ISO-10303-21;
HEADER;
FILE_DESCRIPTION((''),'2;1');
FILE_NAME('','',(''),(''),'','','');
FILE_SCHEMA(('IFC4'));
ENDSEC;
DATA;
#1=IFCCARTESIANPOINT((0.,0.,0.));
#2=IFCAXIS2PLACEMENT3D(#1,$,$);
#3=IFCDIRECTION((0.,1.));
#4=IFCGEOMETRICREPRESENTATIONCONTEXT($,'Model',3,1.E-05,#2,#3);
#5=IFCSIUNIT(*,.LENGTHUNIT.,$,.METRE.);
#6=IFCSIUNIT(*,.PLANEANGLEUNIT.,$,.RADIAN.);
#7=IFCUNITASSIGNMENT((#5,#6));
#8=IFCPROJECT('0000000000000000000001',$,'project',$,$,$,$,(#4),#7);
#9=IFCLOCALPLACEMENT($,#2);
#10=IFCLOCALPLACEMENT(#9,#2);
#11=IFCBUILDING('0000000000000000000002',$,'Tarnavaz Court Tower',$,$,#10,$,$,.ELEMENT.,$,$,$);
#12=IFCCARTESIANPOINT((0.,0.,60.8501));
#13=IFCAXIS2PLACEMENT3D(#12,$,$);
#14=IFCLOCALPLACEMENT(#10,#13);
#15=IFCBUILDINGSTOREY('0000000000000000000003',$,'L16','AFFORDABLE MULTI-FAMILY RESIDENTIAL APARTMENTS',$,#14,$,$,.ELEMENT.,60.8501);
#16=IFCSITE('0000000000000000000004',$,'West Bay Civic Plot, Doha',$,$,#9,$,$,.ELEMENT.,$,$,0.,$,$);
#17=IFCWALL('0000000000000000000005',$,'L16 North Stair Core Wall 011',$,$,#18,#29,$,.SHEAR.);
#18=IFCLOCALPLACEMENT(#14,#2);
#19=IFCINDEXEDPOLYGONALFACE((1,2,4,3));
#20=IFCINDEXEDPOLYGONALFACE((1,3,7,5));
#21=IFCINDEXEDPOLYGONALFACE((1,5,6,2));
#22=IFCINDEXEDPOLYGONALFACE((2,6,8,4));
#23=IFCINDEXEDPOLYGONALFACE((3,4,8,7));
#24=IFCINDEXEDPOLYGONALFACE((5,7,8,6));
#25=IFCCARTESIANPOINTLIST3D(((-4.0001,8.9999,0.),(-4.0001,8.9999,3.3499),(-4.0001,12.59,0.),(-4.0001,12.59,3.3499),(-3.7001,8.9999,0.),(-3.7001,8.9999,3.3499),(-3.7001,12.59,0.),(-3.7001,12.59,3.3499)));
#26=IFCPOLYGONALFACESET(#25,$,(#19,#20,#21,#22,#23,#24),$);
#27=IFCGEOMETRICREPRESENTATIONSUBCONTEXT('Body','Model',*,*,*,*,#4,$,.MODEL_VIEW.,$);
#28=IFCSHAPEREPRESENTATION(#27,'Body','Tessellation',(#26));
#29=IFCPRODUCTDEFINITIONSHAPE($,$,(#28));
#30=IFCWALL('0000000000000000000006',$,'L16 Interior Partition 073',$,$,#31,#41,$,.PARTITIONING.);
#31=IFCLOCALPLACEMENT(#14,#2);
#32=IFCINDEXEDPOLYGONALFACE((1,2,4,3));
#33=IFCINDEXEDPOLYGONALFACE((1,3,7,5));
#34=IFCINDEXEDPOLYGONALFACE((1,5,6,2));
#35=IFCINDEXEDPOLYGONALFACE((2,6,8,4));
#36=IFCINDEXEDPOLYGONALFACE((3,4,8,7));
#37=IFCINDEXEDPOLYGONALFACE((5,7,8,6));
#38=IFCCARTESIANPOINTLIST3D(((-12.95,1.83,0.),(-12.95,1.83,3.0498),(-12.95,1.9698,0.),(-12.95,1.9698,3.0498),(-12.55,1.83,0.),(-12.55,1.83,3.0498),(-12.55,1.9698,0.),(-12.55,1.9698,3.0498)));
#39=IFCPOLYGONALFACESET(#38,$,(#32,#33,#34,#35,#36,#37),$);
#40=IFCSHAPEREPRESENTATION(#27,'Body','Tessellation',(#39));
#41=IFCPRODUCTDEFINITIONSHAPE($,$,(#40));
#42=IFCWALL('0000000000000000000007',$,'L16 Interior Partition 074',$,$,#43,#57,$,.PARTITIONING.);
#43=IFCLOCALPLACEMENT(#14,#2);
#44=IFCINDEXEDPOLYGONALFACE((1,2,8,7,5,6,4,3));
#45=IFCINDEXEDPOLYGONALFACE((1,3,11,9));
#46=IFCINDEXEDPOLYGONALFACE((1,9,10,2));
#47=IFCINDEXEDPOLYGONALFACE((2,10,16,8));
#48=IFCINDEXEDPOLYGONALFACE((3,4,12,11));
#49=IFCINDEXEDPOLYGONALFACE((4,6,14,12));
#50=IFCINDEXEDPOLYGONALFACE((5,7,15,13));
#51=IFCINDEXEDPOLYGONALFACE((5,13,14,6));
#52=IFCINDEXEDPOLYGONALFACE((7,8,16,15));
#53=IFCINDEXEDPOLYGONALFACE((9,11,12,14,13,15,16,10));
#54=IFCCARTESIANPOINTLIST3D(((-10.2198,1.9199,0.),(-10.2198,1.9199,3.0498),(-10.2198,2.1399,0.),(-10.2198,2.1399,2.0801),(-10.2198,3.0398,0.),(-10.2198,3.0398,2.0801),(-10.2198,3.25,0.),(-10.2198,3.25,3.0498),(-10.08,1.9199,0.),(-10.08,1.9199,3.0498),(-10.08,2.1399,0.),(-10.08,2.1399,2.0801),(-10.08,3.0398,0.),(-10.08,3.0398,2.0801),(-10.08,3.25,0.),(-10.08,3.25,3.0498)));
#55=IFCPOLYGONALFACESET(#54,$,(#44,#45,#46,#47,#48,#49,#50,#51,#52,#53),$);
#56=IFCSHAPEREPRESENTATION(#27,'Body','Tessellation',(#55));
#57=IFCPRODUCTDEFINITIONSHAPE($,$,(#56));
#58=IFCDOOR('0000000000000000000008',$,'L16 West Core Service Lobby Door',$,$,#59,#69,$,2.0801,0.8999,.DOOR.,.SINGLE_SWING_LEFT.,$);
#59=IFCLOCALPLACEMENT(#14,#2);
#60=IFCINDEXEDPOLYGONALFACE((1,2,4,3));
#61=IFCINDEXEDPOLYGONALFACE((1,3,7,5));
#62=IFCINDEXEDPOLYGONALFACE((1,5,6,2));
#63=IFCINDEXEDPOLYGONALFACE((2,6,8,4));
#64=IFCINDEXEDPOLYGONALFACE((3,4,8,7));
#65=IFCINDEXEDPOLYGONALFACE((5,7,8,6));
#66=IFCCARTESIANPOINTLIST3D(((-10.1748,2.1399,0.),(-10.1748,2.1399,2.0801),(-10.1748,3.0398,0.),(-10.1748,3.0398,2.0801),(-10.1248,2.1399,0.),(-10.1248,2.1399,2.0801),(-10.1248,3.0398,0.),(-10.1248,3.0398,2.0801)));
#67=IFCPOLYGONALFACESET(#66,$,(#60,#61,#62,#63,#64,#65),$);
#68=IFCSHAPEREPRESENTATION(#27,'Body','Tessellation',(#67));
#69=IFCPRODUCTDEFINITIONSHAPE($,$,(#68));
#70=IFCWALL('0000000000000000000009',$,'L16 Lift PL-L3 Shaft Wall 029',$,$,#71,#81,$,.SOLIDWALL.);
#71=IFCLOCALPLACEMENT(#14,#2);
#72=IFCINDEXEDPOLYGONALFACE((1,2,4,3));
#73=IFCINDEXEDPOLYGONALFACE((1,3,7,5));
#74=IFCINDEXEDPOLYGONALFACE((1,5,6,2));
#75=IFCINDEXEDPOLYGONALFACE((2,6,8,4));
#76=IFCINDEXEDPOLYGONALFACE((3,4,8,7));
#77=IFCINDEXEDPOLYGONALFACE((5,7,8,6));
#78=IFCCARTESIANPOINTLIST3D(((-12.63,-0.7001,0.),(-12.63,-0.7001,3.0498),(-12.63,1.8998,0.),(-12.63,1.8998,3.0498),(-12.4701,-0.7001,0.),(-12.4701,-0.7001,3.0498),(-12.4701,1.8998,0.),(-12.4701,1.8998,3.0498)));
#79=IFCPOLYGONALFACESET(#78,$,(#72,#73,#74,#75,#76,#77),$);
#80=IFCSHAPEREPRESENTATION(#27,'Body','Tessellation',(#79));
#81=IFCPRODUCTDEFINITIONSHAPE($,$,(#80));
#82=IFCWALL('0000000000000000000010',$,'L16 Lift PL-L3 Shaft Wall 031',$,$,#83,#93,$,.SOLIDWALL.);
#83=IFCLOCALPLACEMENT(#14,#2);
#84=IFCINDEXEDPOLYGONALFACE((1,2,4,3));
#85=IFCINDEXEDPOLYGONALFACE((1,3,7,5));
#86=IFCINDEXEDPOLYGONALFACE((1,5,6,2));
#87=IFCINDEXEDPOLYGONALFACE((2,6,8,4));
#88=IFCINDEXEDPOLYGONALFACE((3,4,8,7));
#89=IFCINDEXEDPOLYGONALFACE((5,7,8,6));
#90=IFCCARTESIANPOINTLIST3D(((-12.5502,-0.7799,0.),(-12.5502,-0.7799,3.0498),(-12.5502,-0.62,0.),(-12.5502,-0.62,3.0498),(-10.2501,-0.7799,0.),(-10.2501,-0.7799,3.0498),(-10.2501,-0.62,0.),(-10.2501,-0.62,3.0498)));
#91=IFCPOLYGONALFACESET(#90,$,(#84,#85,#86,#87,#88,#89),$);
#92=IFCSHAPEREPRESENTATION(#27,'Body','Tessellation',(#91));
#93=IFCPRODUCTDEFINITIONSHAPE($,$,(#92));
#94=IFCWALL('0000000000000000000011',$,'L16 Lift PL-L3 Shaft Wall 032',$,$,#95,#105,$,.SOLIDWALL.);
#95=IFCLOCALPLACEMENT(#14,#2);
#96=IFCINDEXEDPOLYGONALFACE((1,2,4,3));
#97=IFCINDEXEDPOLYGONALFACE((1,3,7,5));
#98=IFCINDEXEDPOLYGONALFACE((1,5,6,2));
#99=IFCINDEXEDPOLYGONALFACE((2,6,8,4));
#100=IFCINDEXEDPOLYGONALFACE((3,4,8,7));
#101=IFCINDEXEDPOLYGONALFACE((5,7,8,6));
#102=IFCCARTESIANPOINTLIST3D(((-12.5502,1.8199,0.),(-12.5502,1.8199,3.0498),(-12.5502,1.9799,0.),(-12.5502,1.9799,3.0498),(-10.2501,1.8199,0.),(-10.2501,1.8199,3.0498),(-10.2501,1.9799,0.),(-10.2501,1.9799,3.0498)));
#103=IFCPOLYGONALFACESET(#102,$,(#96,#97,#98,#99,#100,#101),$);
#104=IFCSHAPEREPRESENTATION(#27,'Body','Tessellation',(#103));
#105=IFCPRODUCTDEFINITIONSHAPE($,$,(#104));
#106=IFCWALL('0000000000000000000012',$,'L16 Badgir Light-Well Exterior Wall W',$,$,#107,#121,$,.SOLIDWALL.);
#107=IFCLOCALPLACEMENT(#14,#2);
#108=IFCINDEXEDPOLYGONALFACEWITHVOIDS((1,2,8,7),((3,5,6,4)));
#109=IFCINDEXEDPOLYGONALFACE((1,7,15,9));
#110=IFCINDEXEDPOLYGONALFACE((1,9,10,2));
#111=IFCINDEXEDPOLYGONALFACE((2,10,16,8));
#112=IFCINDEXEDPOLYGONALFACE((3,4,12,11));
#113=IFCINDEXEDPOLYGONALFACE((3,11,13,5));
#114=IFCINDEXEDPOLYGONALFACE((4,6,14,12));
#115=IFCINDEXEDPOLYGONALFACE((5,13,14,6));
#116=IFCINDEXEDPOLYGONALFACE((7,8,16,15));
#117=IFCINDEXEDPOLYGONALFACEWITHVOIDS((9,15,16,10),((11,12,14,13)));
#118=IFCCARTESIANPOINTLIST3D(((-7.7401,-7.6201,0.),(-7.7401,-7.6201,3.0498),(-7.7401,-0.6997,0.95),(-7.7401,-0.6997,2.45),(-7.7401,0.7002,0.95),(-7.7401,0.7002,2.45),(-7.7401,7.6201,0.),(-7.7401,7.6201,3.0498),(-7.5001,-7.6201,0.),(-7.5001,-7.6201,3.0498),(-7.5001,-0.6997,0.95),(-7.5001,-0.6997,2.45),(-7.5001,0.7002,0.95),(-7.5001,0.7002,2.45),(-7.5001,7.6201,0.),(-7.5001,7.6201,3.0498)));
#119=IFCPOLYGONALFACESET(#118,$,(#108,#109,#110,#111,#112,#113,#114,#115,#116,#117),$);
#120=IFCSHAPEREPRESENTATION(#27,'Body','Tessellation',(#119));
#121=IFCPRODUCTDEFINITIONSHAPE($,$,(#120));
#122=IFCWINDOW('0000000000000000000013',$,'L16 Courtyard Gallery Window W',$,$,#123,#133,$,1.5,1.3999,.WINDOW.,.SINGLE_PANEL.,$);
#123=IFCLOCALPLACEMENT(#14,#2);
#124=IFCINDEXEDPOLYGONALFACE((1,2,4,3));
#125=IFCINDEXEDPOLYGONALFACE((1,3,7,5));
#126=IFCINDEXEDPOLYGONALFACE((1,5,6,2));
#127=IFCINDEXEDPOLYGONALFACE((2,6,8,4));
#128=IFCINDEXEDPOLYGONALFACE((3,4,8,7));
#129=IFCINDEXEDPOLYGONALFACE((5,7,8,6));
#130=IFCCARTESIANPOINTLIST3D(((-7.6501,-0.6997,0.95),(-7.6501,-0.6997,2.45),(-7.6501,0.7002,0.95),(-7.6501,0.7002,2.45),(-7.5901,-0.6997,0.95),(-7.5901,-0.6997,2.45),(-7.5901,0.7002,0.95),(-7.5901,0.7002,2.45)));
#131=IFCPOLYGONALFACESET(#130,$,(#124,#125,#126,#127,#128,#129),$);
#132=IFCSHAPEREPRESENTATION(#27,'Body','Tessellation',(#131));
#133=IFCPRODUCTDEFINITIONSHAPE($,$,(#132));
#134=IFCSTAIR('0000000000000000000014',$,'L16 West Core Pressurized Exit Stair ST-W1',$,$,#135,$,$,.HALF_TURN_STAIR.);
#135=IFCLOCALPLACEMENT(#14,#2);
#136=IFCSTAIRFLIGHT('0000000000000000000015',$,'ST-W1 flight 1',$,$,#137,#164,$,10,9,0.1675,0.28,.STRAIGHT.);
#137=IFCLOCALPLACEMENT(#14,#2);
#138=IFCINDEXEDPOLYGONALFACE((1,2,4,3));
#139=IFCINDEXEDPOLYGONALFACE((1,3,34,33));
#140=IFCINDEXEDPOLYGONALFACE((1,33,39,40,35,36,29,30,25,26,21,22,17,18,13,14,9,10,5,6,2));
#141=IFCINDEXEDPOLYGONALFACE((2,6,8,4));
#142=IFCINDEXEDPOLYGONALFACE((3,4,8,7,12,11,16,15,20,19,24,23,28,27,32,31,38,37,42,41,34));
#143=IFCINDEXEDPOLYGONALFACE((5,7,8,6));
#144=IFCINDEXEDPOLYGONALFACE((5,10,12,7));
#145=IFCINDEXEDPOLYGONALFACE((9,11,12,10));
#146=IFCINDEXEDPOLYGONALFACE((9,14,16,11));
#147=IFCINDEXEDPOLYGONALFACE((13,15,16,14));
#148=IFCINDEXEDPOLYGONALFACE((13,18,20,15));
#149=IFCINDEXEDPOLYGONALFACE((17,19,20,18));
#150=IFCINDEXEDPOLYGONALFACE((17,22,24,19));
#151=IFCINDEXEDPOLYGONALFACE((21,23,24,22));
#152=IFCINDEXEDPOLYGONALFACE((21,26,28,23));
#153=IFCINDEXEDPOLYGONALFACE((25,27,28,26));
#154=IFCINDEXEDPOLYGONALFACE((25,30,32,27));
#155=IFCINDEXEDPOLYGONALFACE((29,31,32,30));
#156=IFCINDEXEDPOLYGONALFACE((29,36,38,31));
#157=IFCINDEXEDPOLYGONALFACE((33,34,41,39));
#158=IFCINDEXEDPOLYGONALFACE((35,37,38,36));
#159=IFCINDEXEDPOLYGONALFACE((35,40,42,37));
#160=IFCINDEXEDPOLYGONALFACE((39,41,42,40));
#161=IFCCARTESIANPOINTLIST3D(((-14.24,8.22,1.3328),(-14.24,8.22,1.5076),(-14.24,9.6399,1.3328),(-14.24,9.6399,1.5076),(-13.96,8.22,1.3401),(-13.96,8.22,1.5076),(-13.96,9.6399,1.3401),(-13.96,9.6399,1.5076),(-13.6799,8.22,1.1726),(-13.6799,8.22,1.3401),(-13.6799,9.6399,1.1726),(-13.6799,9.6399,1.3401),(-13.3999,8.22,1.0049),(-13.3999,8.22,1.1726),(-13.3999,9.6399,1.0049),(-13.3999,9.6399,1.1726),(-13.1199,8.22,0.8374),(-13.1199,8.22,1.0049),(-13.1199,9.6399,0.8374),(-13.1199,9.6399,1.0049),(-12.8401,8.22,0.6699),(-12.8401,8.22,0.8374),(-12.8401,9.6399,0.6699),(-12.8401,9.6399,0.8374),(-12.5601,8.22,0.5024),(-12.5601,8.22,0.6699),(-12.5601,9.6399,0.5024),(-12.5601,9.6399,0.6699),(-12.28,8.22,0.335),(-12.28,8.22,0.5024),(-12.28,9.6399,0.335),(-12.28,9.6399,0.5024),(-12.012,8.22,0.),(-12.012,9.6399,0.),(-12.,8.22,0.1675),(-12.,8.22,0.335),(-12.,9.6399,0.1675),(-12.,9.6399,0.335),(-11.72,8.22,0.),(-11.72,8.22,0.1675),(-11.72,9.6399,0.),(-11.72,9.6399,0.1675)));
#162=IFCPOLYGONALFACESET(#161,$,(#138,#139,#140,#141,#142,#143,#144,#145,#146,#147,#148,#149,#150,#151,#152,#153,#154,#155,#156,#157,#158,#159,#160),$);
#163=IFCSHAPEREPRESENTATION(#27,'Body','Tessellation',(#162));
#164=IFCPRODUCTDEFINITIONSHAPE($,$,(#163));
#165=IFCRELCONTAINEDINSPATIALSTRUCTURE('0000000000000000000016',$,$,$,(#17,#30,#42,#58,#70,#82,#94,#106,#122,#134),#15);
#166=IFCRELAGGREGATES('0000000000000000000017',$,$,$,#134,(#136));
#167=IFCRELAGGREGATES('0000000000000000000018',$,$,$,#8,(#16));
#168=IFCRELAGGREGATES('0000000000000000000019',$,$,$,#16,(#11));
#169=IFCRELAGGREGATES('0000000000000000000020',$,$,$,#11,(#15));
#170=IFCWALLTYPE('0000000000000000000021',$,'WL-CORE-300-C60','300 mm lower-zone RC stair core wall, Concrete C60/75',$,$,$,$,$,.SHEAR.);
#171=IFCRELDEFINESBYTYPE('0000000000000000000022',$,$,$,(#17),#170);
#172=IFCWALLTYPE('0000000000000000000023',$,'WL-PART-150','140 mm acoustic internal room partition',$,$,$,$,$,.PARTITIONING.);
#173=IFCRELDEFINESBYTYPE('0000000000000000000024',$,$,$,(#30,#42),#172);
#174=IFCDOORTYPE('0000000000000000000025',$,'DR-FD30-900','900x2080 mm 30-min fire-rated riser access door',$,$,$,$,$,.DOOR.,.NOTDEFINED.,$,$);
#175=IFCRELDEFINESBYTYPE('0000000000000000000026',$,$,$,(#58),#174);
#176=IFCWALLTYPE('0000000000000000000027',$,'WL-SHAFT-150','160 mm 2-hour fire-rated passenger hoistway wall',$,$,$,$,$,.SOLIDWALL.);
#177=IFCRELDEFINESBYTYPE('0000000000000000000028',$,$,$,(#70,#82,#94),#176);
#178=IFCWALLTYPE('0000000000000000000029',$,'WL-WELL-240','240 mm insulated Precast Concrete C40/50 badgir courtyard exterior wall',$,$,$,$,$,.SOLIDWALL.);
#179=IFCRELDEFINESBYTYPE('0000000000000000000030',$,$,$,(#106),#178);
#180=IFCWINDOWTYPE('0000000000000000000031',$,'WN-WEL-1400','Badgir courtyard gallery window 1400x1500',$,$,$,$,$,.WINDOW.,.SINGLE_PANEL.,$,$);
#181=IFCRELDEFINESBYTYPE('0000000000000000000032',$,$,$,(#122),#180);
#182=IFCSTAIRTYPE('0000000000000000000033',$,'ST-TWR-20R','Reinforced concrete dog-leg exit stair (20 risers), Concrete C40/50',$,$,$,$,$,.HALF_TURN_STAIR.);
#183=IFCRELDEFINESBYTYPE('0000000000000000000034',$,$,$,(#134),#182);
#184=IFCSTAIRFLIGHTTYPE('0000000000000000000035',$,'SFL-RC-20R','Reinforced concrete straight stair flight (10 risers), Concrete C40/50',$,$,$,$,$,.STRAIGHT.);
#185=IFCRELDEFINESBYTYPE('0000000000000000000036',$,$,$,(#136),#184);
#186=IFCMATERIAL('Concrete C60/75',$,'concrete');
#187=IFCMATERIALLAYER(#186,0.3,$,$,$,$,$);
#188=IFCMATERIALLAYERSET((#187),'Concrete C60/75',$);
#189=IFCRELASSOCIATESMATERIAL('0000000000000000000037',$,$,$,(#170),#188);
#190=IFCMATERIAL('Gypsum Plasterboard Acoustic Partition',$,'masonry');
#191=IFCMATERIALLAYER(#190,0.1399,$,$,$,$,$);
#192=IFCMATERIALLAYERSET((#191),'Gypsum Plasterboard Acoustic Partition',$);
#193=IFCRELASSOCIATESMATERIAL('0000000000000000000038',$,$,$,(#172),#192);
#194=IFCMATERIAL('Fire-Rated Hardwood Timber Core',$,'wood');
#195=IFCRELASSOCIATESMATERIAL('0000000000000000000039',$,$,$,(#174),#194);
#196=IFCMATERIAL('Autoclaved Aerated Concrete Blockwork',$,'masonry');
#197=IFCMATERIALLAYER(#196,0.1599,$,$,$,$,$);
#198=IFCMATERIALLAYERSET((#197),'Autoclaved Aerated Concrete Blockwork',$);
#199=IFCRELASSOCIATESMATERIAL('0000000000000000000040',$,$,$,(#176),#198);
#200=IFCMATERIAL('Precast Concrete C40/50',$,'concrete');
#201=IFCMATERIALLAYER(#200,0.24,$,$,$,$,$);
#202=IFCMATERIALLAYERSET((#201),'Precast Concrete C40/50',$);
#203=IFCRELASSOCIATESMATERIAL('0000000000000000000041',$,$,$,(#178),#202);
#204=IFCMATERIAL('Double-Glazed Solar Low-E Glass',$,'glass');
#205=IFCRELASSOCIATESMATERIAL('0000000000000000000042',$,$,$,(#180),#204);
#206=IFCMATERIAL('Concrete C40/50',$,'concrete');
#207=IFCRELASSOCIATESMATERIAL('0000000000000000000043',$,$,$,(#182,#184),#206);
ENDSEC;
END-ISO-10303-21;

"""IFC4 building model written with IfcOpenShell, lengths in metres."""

from ifc_helpers import new_model, si_unit, direction, frame, frame_2d, origin, place, context, subcontext, project, spatial, polyline, rectangle, outline, extrude, material, layer, layer_set, type_object, element, fill, aggregate, save


model = new_model("IFC4")

# Units and contexts
model_context = context("Model", 3, precision=1e-05, world=origin(), true_north=direction((0.0, 1.0)))
body_context = subcontext(model_context, "Body", "Model", "MODEL_VIEW")
ifc_project = project(units=[si_unit("LENGTHUNIT", "METRE"), si_unit("PLANEANGLEUNIT", "RADIAN")], contexts=[model_context])

# Site, building, storey
site_placement = place(None, origin())
site = spatial("IfcSite", under=ifc_project, at=site_placement, Name="West Bay Civic Plot, Doha", CompositionType="ELEMENT", RefElevation=0.0)
building_placement = place(site_placement, origin())
building = spatial("IfcBuilding", under=site, at=building_placement, Name="Tarnavaz Court Tower", CompositionType="ELEMENT")
storey_placement = place(building_placement, frame((0.0, 0.0, 60.8501)))
storey = spatial("IfcBuildingStorey", under=building, at=storey_placement, Name="L16", Description="AFFORDABLE MULTI-FAMILY RESIDENTIAL APARTMENTS", CompositionType="ELEMENT", Elevation=60.8501)

# Shared definitions
ifc_material_1 = material(Name="Concrete C60/75", Category="concrete")

# Shared definitions
ifc_layer_1 = layer(ifc_material_1, 0.3)
ifc_layer_set_1 = layer_set([ifc_layer_1], Name="Concrete C60/75")
wall_type_1 = type_object("IfcWallType", Name="WL-CORE-300-C60", Description="300 mm lower-zone RC stair core wall, Concrete C60/75", PredefinedType="SHEAR", material=ifc_layer_set_1)

# Shared definitions
ifc_material_2 = material(Name="Fire-Rated Hardwood Timber Core", Category="wood")

# Wall
wall_1_placement = place(storey_placement, frame((-3.8501, 9.0, 0.0), z_axis=(0.0, 0.0, 1.0), x_axis=(0.0, 1.0, 0.0)))
element("IfcWall", 1, at=wall_1_placement, inside=storey, type_object=wall_type_1, Name="L16 North Stair Core Wall 011", PredefinedType="SHEAR", context=body_context, shape_type="SweptSolid", body=[
    extrude(rectangle(XDim=3.5901, YDim=0.3, at=frame_2d((1.7949, 0.0))), origin(), (0.0, 0.0, 1.0), 3.3499),
])

# Shared definitions
ifc_material_3 = material(Name="Autoclaved Aerated Concrete Blockwork", Category="masonry")

# Wall
ifc_material_4 = material(Name="Gypsum Plasterboard Acoustic Partition", Category="masonry")
ifc_layer_2 = layer(ifc_material_4, 0.1399)
ifc_layer_set_2 = layer_set([ifc_layer_2], Name="Gypsum Plasterboard Acoustic Partition")
wall_type_2 = type_object("IfcWallType", Name="WL-PART-150", Description="140 mm acoustic internal room partition", PredefinedType="PARTITIONING", material=ifc_layer_set_2)
wall_2_placement = place(storey_placement, frame((-12.95, 1.8999, 0.0), z_axis=(0.0, 0.0, 1.0), x_axis=(1.0, 0.0, 0.0)))
element("IfcWall", 2, at=wall_2_placement, inside=storey, type_object=wall_type_2, Name="L16 Interior Partition 073", PredefinedType="PARTITIONING", context=body_context, shape_type="SweptSolid", body=[
    extrude(rectangle(XDim=0.3999, YDim=0.1399, at=frame_2d((0.2, 0.0))), origin(), (0.0, 0.0, 1.0), 3.0498),
])

# Wall, opening, door
wall_3_placement = place(storey_placement, frame((-10.1499, 1.9199, 0.0), z_axis=(0.0, 0.0, 1.0), x_axis=(0.0, 1.0, 0.0)))
wall_3 = element("IfcWall", 3, at=wall_3_placement, inside=storey, type_object=wall_type_2, Name="L16 Interior Partition 074", PredefinedType="PARTITIONING", context=body_context, shape_type="SweptSolid", body=[
    extrude(rectangle(XDim=1.3301, YDim=0.1399, at=frame_2d((0.665, 0.0))), origin(), (0.0, 0.0, 1.0), 3.0498),
])
opening_1_placement = place(wall_3_placement, frame((0.22, 0.0, 0.0)))
opening_1 = element("IfcOpeningElement", 4, at=opening_1_placement, cuts=wall_3, PredefinedType="OPENING", context=body_context, shape_type="SweptSolid", body=[
    extrude(rectangle(XDim=0.8999, YDim=2.0801, at=frame_2d((0.45, 1.04))), frame((0.0, 0.0798, 0.0), z_axis=(0.0, -1.0, 0.0), x_axis=(1.0, 0.0, 0.0)), (0.0, 0.0, 1.0), 0.1599),
])
door_type_1 = type_object("IfcDoorType", Name="DR-FD30-900", Description="900x2080 mm 30-min fire-rated riser access door", OperationType="NOTDEFINED", PredefinedType="DOOR", material=ifc_material_2)
door_1_placement = place(opening_1_placement, origin())
door_1 = element("IfcDoor", 5, at=door_1_placement, inside=storey, type_object=door_type_1, Name="L16 West Core Service Lobby Door", OperationType="SINGLE_SWING_LEFT", OverallHeight=2.0801, OverallWidth=0.8999, PredefinedType="DOOR", context=body_context, shape_type="SweptSolid", body=[
    extrude(rectangle(XDim=0.8999, YDim=2.0801, at=frame_2d((0.45, 1.04))), frame((0.0, 0.0249, 0.0), z_axis=(0.0, -1.0, 0.0), x_axis=(1.0, 0.0, 0.0)), (0.0, 0.0, 1.0), 0.05),
])
fill(opening_1, door_1)

# Wall
ifc_layer_3 = layer(ifc_material_3, 0.1599)
ifc_layer_set_3 = layer_set([ifc_layer_3], Name="Autoclaved Aerated Concrete Blockwork")
wall_type_3 = type_object("IfcWallType", Name="WL-SHAFT-150", Description="160 mm 2-hour fire-rated passenger hoistway wall", PredefinedType="SOLIDWALL", material=ifc_layer_set_3)
wall_4_placement = place(storey_placement, frame((-12.55, -0.7, 0.0), z_axis=(0.0, 0.0, 1.0), x_axis=(0.0, 1.0, 0.0)))
element("IfcWall", 6, at=wall_4_placement, inside=storey, type_object=wall_type_3, Name="L16 Lift PL-L3 Shaft Wall 029", PredefinedType="SOLIDWALL", context=body_context, shape_type="SweptSolid", body=[
    extrude(rectangle(XDim=2.5999, YDim=0.1599, at=frame_2d((1.2998, 0.0))), origin(), (0.0, 0.0, 1.0), 3.0498),
])

# Walls
for number, where, z_axis, x_axis, name in (
    (7, (-12.55, -0.7, 0.0), (0.0, 0.0, 1.0), (1.0, 0.0, 0.0), "L16 Lift PL-L3 Shaft Wall 031"),
    (8, (-12.55, 1.8999, 0.0), (0.0, 0.0, 1.0), (1.0, 0.0, 0.0), "L16 Lift PL-L3 Shaft Wall 032"),
):
    element("IfcWall", number, at=place(storey_placement, frame(where, z_axis=z_axis, x_axis=x_axis)), inside=storey, type_object=wall_type_3, Name=name, PredefinedType="SOLIDWALL", context=body_context, shape_type="SweptSolid", body=[
        extrude(rectangle(XDim=2.3, YDim=0.1599, at=frame_2d((1.1499, 0.0))), origin(), (0.0, 0.0, 1.0), 3.0498),
    ])

# Wall, opening, window
ifc_material_5 = material(Name="Precast Concrete C40/50", Category="concrete")
ifc_layer_4 = layer(ifc_material_5, 0.24)
ifc_layer_set_4 = layer_set([ifc_layer_4], Name="Precast Concrete C40/50")
wall_type_4 = type_object("IfcWallType", Name="WL-WELL-240", Description="240 mm insulated Precast Concrete C40/50 badgir courtyard exterior wall", PredefinedType="SOLIDWALL", material=ifc_layer_set_4)
wall_5_placement = place(storey_placement, frame((-7.6201, 7.6201, 0.0), z_axis=(0.0, 0.0, 1.0), x_axis=(0.0, -1.0, 0.0)))
wall_5 = element("IfcWall", 9, at=wall_5_placement, inside=storey, type_object=wall_type_4, Name="L16 Badgir Light-Well Exterior Wall W", PredefinedType="SOLIDWALL", context=body_context, shape_type="SweptSolid", body=[
    extrude(rectangle(XDim=15.2402, YDim=0.24, at=frame_2d((7.6201, 0.0))), origin(), (0.0, 0.0, 1.0), 3.0498),
])
opening_2_placement = place(wall_5_placement, frame((6.9199, 0.0, 0.95)))
opening_2 = element("IfcOpeningElement", 10, at=opening_2_placement, cuts=wall_5, PredefinedType="OPENING", context=body_context, shape_type="SweptSolid", body=[
    extrude(rectangle(XDim=1.3999, YDim=1.5, at=frame_2d((0.7, 0.75))), frame((0.0, 0.1299, 0.0), z_axis=(0.0, -1.0, 0.0), x_axis=(1.0, 0.0, 0.0)), (0.0, 0.0, 1.0), 0.26),
])
ifc_material_6 = material(Name="Double-Glazed Solar Low-E Glass", Category="glass")
window_type = type_object("IfcWindowType", Name="WN-WEL-1400", Description="Badgir courtyard gallery window 1400x1500", PartitioningType="SINGLE_PANEL", PredefinedType="WINDOW", material=ifc_material_6)
window_placement = place(opening_2_placement, origin())
window = element("IfcWindow", 11, at=window_placement, inside=storey, type_object=window_type, Name="L16 Courtyard Gallery Window W", OverallHeight=1.5, OverallWidth=1.3999, PartitioningType="SINGLE_PANEL", PredefinedType="WINDOW", context=body_context, shape_type="SweptSolid", body=[
    extrude(rectangle(XDim=1.3999, YDim=1.5, at=frame_2d((0.7, 0.75))), frame((0.0, 0.03, 0.0), z_axis=(0.0, -1.0, 0.0), x_axis=(1.0, 0.0, 0.0)), (0.0, 0.0, 1.0), 0.0601),
])
fill(opening_2, window)

# Stair, stair flight
ifc_material_7 = material(Name="Concrete C40/50", Category="concrete")
stair_type = type_object("IfcStairType", Name="ST-TWR-20R", Description="Reinforced concrete dog-leg exit stair (20 risers), Concrete C40/50", PredefinedType="HALF_TURN_STAIR", material=ifc_material_7)
stair_1_placement = place(storey_placement, origin())
stair_1 = element("IfcStair", 12, at=stair_1_placement, inside=storey, type_object=stair_type, Name="L16 West Core Pressurized Exit Stair ST-W1", PredefinedType="HALF_TURN_STAIR")
stair_flight_type = type_object("IfcStairFlightType", Name="SFL-RC-20R", Description="Reinforced concrete straight stair flight (10 risers), Concrete C40/50", PredefinedType="STRAIGHT", material=ifc_material_7)
stair_flight_1_placement = place(storey_placement, frame((-11.72, 8.9299, 0.0), z_axis=(0.0, 0.0, 1.0), x_axis=(-1.0, 0.0, 0.0)))
stair_flight_1 = element("IfcStairFlight", 13, at=stair_flight_1_placement, type_object=stair_flight_type, Name="ST-W1 flight 1", NumberOfRisers=10, NumberOfTreads=9, PredefinedType="STRAIGHT", RiserHeight=0.1675, TreadLength=0.28, context=body_context, shape_type="SweptSolid", body=[
    extrude(outline(polyline([(0.0, 0.0), (0.0, 0.1675), (0.28, 0.1675), (0.28, 0.335), (0.5601, 0.335), (0.5601, 0.5024), (0.8401, 0.5024), (0.8401, 0.6699), (1.1201, 0.6699), (1.1201, 0.8374), (1.3999, 0.8374), (1.3999, 1.0049), (1.6799, 1.0049), (1.6799, 1.1726), (1.96, 1.1726), (1.96, 1.3401), (2.24, 1.3401), (2.24, 1.5076), (2.52, 1.5076), (2.52, 1.675), (2.52, 1.3328), (0.292, 0.0), (0.0, 0.0)])), frame((0.0, 0.71, 0.0), z_axis=(0.0, -1.0, 0.0), x_axis=(1.0, 0.0, 0.0)), (0.0, 0.0, 1.0), 1.4199),
])
aggregate(stair_1, [stair_flight_1])

save(model, "model.ifc")
